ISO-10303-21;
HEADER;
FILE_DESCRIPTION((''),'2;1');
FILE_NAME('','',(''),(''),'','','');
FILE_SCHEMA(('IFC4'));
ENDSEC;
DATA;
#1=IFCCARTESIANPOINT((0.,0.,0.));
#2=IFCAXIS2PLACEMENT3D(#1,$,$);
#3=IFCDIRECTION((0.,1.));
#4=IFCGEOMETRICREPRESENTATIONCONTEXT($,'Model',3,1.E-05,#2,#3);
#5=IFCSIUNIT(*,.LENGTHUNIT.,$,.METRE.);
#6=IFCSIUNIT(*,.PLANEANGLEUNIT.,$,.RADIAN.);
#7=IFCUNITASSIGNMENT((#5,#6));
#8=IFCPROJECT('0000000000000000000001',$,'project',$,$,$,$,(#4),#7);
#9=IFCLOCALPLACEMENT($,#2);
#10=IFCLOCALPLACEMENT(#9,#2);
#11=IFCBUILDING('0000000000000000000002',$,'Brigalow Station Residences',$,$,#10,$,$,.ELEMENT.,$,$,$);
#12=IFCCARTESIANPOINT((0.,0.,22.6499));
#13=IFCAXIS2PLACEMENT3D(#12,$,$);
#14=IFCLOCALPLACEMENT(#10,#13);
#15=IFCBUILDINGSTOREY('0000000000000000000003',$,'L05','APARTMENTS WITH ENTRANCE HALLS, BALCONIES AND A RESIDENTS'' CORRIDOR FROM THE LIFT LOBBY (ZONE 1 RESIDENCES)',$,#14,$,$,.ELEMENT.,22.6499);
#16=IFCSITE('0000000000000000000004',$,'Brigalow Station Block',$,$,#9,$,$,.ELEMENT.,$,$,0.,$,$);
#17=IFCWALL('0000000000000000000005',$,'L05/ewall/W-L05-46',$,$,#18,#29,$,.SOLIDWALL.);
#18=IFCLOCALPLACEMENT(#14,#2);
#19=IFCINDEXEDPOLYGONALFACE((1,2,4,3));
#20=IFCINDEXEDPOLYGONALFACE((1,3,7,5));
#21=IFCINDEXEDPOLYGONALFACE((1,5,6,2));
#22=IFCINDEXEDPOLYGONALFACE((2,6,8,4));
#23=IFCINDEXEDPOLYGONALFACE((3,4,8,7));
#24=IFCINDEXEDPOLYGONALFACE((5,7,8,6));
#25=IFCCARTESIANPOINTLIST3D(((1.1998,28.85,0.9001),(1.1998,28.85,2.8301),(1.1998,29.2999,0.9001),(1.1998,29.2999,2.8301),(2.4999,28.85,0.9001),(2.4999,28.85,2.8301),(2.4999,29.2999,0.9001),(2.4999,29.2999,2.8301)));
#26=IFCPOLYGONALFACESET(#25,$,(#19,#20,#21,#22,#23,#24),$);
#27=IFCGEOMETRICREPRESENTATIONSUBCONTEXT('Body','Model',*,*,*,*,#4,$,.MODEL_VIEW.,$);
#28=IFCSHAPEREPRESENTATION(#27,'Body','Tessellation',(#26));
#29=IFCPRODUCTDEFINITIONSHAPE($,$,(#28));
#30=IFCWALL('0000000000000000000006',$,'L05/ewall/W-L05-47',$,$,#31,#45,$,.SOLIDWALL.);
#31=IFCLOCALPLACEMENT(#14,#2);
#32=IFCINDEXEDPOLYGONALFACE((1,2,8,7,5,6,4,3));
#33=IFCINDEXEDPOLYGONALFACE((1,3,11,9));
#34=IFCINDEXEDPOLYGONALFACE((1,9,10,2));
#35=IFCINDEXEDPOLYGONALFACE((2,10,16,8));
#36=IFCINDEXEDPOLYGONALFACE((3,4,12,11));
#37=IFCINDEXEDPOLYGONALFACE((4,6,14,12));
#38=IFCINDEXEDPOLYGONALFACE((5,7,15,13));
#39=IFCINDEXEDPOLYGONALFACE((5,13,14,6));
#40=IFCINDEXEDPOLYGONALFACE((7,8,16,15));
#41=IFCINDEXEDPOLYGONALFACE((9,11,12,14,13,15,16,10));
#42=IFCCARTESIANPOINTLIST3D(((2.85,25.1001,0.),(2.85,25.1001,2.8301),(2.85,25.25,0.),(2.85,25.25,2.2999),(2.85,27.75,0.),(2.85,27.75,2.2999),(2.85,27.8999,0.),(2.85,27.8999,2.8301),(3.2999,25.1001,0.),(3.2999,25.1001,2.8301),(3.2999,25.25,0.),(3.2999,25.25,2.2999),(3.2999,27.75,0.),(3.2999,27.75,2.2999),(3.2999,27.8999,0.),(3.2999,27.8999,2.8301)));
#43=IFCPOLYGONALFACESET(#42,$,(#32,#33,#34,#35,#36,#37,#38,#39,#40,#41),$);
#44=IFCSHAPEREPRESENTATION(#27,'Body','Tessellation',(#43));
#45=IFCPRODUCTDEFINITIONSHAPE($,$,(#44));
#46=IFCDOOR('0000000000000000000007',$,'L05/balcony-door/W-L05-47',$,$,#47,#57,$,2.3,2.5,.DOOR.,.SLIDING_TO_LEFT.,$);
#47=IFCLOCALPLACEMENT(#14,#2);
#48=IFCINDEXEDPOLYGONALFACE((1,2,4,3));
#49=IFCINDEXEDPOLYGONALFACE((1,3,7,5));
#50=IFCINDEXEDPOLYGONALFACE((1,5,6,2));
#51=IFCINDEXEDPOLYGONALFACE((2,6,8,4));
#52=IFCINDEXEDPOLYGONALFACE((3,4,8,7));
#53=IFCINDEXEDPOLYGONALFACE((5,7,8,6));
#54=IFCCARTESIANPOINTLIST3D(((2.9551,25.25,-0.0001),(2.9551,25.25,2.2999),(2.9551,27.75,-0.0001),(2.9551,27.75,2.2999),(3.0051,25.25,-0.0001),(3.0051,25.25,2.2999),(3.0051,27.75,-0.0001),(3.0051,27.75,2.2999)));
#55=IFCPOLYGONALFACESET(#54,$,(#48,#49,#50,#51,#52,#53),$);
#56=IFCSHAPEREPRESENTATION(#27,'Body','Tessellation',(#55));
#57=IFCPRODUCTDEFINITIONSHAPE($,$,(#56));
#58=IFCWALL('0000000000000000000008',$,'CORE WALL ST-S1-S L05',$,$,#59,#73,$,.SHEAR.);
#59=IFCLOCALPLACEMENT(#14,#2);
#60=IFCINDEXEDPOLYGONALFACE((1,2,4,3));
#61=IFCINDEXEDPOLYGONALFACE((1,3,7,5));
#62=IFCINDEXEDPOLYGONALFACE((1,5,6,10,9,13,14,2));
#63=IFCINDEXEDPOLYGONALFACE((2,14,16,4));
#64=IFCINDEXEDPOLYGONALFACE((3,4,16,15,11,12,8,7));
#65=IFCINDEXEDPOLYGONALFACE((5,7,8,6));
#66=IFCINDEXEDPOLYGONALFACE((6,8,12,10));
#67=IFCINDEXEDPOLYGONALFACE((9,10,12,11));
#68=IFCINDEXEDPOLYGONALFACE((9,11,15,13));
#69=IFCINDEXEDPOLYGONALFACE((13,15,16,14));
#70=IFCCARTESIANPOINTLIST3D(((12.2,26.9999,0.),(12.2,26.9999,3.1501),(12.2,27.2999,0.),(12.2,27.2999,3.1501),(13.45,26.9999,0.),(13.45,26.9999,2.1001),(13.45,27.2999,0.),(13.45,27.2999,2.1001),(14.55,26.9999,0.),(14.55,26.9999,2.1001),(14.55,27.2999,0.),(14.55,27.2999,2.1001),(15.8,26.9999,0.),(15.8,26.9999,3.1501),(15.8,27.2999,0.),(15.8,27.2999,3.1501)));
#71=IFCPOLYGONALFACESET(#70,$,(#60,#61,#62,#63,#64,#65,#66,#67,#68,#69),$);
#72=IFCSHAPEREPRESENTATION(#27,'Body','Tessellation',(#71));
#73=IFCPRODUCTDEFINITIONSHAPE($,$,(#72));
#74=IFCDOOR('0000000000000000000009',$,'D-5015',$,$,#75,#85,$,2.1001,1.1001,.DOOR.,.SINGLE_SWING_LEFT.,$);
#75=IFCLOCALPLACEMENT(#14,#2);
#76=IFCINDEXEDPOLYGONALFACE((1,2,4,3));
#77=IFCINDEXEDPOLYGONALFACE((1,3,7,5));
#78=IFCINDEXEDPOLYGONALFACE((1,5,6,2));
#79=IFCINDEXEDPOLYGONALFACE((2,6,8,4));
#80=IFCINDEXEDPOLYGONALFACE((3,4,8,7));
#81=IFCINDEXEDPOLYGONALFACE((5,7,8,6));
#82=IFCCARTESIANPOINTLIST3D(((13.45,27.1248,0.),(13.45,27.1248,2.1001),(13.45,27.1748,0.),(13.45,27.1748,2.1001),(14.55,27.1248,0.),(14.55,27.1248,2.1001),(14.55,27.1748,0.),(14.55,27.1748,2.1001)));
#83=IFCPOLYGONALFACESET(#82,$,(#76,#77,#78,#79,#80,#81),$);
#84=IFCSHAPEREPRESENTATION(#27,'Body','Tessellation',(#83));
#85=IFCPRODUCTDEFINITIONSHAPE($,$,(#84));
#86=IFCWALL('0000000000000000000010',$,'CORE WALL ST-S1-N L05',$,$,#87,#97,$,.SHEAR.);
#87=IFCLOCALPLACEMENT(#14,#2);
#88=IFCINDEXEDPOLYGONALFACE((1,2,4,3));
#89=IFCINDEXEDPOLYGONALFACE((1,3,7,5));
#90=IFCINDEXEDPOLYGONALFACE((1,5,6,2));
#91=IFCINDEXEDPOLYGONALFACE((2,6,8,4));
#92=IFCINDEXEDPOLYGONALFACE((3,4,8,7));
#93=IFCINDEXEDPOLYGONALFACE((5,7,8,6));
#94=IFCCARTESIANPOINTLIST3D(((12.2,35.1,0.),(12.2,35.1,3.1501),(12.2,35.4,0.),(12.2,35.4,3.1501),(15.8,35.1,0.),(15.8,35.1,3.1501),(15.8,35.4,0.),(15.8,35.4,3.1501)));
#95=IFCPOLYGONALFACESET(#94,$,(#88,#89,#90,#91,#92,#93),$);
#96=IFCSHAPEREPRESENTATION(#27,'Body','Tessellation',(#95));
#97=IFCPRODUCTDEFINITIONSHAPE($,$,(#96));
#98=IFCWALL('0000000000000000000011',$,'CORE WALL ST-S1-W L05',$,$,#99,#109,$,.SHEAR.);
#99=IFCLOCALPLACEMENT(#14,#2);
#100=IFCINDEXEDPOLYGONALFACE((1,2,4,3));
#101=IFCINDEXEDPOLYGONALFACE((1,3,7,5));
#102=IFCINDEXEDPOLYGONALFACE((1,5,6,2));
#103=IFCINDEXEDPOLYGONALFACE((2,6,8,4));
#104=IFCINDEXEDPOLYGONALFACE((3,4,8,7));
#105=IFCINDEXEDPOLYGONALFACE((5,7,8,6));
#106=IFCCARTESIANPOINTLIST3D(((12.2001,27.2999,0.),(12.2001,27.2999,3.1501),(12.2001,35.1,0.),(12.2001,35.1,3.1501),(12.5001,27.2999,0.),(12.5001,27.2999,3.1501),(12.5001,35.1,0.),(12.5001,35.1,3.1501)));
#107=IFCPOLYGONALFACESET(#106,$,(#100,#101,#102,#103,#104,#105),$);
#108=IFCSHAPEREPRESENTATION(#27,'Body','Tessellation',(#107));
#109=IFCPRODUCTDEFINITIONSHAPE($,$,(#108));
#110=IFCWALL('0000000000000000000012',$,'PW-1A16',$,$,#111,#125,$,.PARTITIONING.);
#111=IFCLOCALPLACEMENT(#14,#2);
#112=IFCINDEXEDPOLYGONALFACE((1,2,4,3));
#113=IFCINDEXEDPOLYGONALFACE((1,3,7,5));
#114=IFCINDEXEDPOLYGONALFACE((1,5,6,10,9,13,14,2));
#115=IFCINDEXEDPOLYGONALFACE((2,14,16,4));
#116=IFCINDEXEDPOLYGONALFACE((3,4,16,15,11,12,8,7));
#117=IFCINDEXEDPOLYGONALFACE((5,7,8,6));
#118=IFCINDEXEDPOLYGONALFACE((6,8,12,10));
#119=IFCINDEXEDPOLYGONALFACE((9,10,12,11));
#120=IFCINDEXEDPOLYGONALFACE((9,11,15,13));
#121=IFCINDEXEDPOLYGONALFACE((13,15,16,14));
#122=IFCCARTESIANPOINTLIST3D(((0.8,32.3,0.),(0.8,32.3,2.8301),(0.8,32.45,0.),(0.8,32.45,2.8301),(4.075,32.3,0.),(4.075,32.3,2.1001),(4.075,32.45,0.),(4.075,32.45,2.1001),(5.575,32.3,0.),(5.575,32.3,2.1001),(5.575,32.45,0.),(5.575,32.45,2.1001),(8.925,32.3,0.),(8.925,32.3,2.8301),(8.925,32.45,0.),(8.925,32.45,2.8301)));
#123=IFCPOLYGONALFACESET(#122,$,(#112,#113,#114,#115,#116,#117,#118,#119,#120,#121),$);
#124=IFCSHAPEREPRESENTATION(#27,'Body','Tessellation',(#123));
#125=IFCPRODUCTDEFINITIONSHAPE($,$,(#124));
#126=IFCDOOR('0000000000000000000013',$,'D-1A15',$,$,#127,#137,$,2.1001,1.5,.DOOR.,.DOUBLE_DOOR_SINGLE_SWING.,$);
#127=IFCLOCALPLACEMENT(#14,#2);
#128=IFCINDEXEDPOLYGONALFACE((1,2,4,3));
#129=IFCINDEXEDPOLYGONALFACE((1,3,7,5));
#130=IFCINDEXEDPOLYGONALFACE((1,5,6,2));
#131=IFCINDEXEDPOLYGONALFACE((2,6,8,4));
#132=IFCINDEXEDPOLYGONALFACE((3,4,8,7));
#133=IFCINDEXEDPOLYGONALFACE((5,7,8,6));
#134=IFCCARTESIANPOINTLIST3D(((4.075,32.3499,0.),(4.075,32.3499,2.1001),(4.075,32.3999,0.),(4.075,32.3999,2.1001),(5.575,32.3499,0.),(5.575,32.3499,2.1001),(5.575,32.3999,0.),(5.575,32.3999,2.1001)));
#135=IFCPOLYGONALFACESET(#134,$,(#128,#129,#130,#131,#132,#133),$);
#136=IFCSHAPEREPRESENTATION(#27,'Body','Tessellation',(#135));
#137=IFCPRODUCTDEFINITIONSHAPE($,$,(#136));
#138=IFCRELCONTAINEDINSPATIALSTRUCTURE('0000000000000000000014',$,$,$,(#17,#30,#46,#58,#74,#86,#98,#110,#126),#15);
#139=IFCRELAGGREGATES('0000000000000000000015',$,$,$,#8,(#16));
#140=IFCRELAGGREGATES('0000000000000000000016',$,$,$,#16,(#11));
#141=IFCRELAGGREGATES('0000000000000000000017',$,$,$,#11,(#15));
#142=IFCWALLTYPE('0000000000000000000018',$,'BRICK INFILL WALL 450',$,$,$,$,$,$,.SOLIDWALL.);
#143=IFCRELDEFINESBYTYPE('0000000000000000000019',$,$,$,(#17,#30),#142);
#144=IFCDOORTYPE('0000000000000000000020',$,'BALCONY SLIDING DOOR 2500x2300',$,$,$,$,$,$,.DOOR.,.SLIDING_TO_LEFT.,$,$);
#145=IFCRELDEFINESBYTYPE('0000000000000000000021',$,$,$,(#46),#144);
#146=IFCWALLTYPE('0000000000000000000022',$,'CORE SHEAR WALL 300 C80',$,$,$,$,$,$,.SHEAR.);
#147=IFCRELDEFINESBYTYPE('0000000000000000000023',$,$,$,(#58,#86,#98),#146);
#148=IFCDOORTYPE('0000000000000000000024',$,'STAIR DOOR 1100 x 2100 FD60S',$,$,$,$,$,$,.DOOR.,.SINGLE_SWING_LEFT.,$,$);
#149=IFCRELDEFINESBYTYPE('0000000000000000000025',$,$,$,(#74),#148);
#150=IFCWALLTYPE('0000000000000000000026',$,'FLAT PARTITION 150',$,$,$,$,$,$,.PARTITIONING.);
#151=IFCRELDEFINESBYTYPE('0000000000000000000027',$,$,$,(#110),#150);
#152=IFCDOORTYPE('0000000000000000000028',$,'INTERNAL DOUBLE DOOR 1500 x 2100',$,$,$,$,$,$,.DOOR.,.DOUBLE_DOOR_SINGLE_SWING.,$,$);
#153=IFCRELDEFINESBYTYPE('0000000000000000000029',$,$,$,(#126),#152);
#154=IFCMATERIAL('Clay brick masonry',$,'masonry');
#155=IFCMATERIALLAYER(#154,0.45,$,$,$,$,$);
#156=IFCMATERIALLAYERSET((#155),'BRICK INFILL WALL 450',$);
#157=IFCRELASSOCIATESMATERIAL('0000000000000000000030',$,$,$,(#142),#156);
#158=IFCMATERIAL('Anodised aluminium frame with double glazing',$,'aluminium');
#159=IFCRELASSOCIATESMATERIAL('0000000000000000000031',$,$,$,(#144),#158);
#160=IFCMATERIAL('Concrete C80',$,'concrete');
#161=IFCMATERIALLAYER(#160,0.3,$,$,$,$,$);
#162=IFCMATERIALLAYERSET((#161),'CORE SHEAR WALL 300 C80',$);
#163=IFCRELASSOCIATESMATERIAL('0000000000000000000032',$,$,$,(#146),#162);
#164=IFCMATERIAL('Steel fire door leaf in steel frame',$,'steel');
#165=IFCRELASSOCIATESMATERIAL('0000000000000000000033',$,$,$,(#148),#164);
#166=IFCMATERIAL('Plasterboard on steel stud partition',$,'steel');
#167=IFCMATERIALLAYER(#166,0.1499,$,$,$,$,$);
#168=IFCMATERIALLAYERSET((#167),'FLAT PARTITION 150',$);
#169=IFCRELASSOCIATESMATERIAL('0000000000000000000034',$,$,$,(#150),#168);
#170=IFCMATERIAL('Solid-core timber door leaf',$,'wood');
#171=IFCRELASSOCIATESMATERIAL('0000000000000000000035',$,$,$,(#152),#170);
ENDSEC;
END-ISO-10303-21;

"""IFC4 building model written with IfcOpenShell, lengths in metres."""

from ifc_helpers import new_model, si_unit, direction, frame, frame_2d, origin, place, context, subcontext, project, spatial, rectangle, extrude, material, layer, layer_set, type_object, element, fill, save


model = new_model("IFC4")

# Units and contexts
model_context = context("Model", 3, precision=1e-05, world=origin(), true_north=direction((0.0, 1.0)))
body_context = subcontext(model_context, "Body", "Model", "MODEL_VIEW")
ifc_project = project(units=[si_unit("LENGTHUNIT", "METRE"), si_unit("PLANEANGLEUNIT", "RADIAN")], contexts=[model_context])

# Site, building, storey
site_placement = place(None, origin())
site = spatial("IfcSite", under=ifc_project, at=site_placement, Name="Brigalow Station Block", CompositionType="ELEMENT", RefElevation=0.0)
building_placement = place(site_placement, origin())
building = spatial("IfcBuilding", under=site, at=building_placement, Name="Brigalow Station Residences", CompositionType="ELEMENT")
storey_placement = place(building_placement, frame((0.0, 0.0, 22.6499)))
storey = spatial("IfcBuildingStorey", under=building, at=storey_placement, Name="L05", Description="APARTMENTS WITH ENTRANCE HALLS, BALCONIES AND A RESIDENTS' CORRIDOR FROM THE LIFT LOBBY (ZONE 1 RESIDENCES)", CompositionType="ELEMENT", Elevation=22.6499)

# Shared definitions
ifc_material_1 = material(Name="Clay brick masonry", Category="masonry")
ifc_layer_1 = layer(ifc_material_1, 0.45)
ifc_layer_set_1 = layer_set([ifc_layer_1], Name="BRICK INFILL WALL 450")
wall_type_1 = type_object("IfcWallType", Name="BRICK INFILL WALL 450", PredefinedType="SOLIDWALL", material=ifc_layer_set_1)

# Wall
wall_1_placement = place(storey_placement, frame((1.2, 29.075, 0.9001), z_axis=(0.0, 0.0, 1.0), x_axis=(1.0, 0.0, 0.0)))
element("IfcWall", 1, at=wall_1_placement, inside=storey, type_object=wall_type_1, Name="L05/ewall/W-L05-46", PredefinedType="SOLIDWALL", context=body_context, shape_type="SweptSolid", body=[
    extrude(rectangle(XDim=1.3, YDim=0.45, at=frame_2d((0.6499, 0.0))), origin(), (0.0, 0.0, 1.0), 1.9299),
])

# Walls, openings, doors
wall_2_placement = place(storey_placement, frame((3.075, 27.8999, 0.0), z_axis=(0.0, 0.0, 1.0), x_axis=(0.0, -1.0, 0.0)))
wall_2 = element("IfcWall", 2, at=wall_2_placement, inside=storey, type_object=wall_type_1, Name="L05/ewall/W-L05-47", PredefinedType="SOLIDWALL", context=body_context, shape_type="SweptSolid", body=[
    extrude(rectangle(XDim=2.7998, YDim=0.45, at=frame_2d((1.3999, 0.0))), origin(), (0.0, 0.0, 1.0), 2.8301),
])
opening_1_placement = place(wall_2_placement, frame((0.1499, 0.0, 0.0)))
opening_1 = element("IfcOpeningElement", 3, at=opening_1_placement, cuts=wall_2, PredefinedType="OPENING", context=body_context, shape_type="SweptSolid", body=[
    extrude(rectangle(XDim=2.5, YDim=2.3, at=frame_2d((1.25, 1.1499))), frame((0.0, 0.2349, 0.0), z_axis=(0.0, -1.0, 0.0), x_axis=(1.0, 0.0, 0.0)), (0.0, 0.0, 1.0), 0.47),
])
ifc_material_2 = material(Name="Anodised aluminium frame with double glazing", Category="aluminium")
door_type_1 = type_object("IfcDoorType", Name="BALCONY SLIDING DOOR 2500x2300", OperationType="SLIDING_TO_LEFT", PredefinedType="DOOR", material=ifc_material_2)
door_1_placement = place(opening_1_placement, origin())
door_1 = element("IfcDoor", 4, at=door_1_placement, inside=storey, type_object=door_type_1, Name="L05/balcony-door/W-L05-47", OperationType="SLIDING_TO_LEFT", OverallHeight=2.3, OverallWidth=2.5, PredefinedType="DOOR", context=body_context, shape_type="SweptSolid", body=[
    extrude(rectangle(XDim=2.5, YDim=2.3, at=frame_2d((1.25, 1.1499))), frame((0.0, -0.0698, 0.0), z_axis=(0.0, -1.0, 0.0), x_axis=(1.0, 0.0, 0.0)), (0.0, 0.0, 1.0), 0.05),
])
fill(opening_1, door_1)
ifc_material_3 = material(Name="Concrete C80", Category="concrete")
ifc_layer_2 = layer(ifc_material_3, 0.3)
ifc_layer_set_2 = layer_set([ifc_layer_2], Name="CORE SHEAR WALL 300 C80")
wall_type_2 = type_object("IfcWallType", Name="CORE SHEAR WALL 300 C80", PredefinedType="SHEAR", material=ifc_layer_set_2)
wall_3_placement = place(storey_placement, frame((12.2, 27.1499, 0.0), z_axis=(0.0, 0.0, 1.0), x_axis=(1.0, 0.0, 0.0)))
wall_3 = element("IfcWall", 5, at=wall_3_placement, inside=storey, type_object=wall_type_2, Name="CORE WALL ST-S1-S L05", PredefinedType="SHEAR", context=body_context, shape_type="SweptSolid", body=[
    extrude(rectangle(XDim=3.6001, YDim=0.3, at=frame_2d((1.8, 0.0))), origin(), (0.0, 0.0, 1.0), 3.1501),
])
opening_2_placement = place(wall_3_placement, frame((1.25, 0.0, 0.0)))
opening_2 = element("IfcOpeningElement", 6, at=opening_2_placement, cuts=wall_3, PredefinedType="OPENING", context=body_context, shape_type="SweptSolid", body=[
    extrude(rectangle(XDim=1.1001, YDim=2.1001, at=frame_2d((0.55, 1.05))), frame((0.0, 0.1602, 0.0), z_axis=(0.0, -1.0, 0.0), x_axis=(1.0, 0.0, 0.0)), (0.0, 0.0, 1.0), 0.3201),
])
ifc_material_4 = material(Name="Steel fire door leaf in steel frame", Category="steel")
door_type_2 = type_object("IfcDoorType", Name="STAIR DOOR 1100 x 2100 FD60S", OperationType="SINGLE_SWING_LEFT", PredefinedType="DOOR", material=ifc_material_4)
door_2_placement = place(opening_2_placement, origin())
door_2 = element("IfcDoor", 7, at=door_2_placement, inside=storey, type_object=door_type_2, Name="D-5015", OperationType="SINGLE_SWING_LEFT", OverallHeight=2.1001, OverallWidth=1.1001, PredefinedType="DOOR", context=body_context, shape_type="SweptSolid", body=[
    extrude(rectangle(XDim=1.1001, YDim=2.1001, at=frame_2d((0.55, 1.05))), frame((0.0, 0.0249, 0.0), z_axis=(0.0, -1.0, 0.0), x_axis=(1.0, 0.0, 0.0)), (0.0, 0.0, 1.0), 0.05),
])
fill(opening_2, door_2)

# Walls
wall_4_placement = place(storey_placement, frame((12.2, 35.25, 0.0), z_axis=(0.0, 0.0, 1.0), x_axis=(1.0, 0.0, 0.0)))
element("IfcWall", 8, at=wall_4_placement, inside=storey, type_object=wall_type_2, Name="CORE WALL ST-S1-N L05", PredefinedType="SHEAR", context=body_context, shape_type="SweptSolid", body=[
    extrude(rectangle(XDim=3.6001, YDim=0.3, at=frame_2d((1.8, 0.0))), origin(), (0.0, 0.0, 1.0), 3.1501),
])
wall_5_placement = place(storey_placement, frame((12.3501, 27.3, 0.0), z_axis=(0.0, 0.0, 1.0), x_axis=(0.0, 1.0, 0.0)))
element("IfcWall", 9, at=wall_5_placement, inside=storey, type_object=wall_type_2, Name="CORE WALL ST-S1-W L05", PredefinedType="SHEAR", context=body_context, shape_type="SweptSolid", body=[
    extrude(rectangle(XDim=7.8, YDim=0.3, at=frame_2d((3.8999, 0.0))), origin(), (0.0, 0.0, 1.0), 3.1501),
])

# Wall, opening, door
ifc_material_5 = material(Name="Plasterboard on steel stud partition", Category="steel")
ifc_layer_3 = layer(ifc_material_5, 0.1499)
ifc_layer_set_3 = layer_set([ifc_layer_3], Name="FLAT PARTITION 150")
wall_type_3 = type_object("IfcWallType", Name="FLAT PARTITION 150", PredefinedType="PARTITIONING", material=ifc_layer_set_3)
wall_6_placement = place(storey_placement, frame((0.8, 32.375, 0.0), z_axis=(0.0, 0.0, 1.0), x_axis=(1.0, 0.0, 0.0)))
wall_6 = element("IfcWall", 10, at=wall_6_placement, inside=storey, type_object=wall_type_3, Name="PW-1A16", PredefinedType="PARTITIONING", context=body_context, shape_type="SweptSolid", body=[
    extrude(rectangle(XDim=8.125, YDim=0.1499, at=frame_2d((4.0625, 0.0))), origin(), (0.0, 0.0, 1.0), 2.8301),
])
opening_3_placement = place(wall_6_placement, frame((3.2749, 0.0, 0.0)))
opening_3 = element("IfcOpeningElement", 11, at=opening_3_placement, cuts=wall_6, PredefinedType="OPENING", context=body_context, shape_type="SweptSolid", body=[
    extrude(rectangle(XDim=1.5, YDim=2.1001, at=frame_2d((0.75, 1.05))), frame((0.0, 0.085, 0.0), z_axis=(0.0, -1.0, 0.0), x_axis=(1.0, 0.0, 0.0)), (0.0, 0.0, 1.0), 0.1699),
])
ifc_material_6 = material(Name="Solid-core timber door leaf", Category="wood")
door_type_3 = type_object("IfcDoorType", Name="INTERNAL DOUBLE DOOR 1500 x 2100", OperationType="DOUBLE_DOOR_SINGLE_SWING", PredefinedType="DOOR", material=ifc_material_6)
door_3_placement = place(opening_3_placement, origin())
door_3 = element("IfcDoor", 12, at=door_3_placement, inside=storey, type_object=door_type_3, Name="D-1A15", OperationType="DOUBLE_DOOR_SINGLE_SWING", OverallHeight=2.1001, OverallWidth=1.5, PredefinedType="DOOR", context=body_context, shape_type="SweptSolid", body=[
    extrude(rectangle(XDim=1.5, YDim=2.1001, at=frame_2d((0.75, 1.05))), frame((0.0, 0.0249, 0.0), z_axis=(0.0, -1.0, 0.0), x_axis=(1.0, 0.0, 0.0)), (0.0, 0.0, 1.0), 0.05),
])
fill(opening_3, door_3)

save(model, "model.ifc")
